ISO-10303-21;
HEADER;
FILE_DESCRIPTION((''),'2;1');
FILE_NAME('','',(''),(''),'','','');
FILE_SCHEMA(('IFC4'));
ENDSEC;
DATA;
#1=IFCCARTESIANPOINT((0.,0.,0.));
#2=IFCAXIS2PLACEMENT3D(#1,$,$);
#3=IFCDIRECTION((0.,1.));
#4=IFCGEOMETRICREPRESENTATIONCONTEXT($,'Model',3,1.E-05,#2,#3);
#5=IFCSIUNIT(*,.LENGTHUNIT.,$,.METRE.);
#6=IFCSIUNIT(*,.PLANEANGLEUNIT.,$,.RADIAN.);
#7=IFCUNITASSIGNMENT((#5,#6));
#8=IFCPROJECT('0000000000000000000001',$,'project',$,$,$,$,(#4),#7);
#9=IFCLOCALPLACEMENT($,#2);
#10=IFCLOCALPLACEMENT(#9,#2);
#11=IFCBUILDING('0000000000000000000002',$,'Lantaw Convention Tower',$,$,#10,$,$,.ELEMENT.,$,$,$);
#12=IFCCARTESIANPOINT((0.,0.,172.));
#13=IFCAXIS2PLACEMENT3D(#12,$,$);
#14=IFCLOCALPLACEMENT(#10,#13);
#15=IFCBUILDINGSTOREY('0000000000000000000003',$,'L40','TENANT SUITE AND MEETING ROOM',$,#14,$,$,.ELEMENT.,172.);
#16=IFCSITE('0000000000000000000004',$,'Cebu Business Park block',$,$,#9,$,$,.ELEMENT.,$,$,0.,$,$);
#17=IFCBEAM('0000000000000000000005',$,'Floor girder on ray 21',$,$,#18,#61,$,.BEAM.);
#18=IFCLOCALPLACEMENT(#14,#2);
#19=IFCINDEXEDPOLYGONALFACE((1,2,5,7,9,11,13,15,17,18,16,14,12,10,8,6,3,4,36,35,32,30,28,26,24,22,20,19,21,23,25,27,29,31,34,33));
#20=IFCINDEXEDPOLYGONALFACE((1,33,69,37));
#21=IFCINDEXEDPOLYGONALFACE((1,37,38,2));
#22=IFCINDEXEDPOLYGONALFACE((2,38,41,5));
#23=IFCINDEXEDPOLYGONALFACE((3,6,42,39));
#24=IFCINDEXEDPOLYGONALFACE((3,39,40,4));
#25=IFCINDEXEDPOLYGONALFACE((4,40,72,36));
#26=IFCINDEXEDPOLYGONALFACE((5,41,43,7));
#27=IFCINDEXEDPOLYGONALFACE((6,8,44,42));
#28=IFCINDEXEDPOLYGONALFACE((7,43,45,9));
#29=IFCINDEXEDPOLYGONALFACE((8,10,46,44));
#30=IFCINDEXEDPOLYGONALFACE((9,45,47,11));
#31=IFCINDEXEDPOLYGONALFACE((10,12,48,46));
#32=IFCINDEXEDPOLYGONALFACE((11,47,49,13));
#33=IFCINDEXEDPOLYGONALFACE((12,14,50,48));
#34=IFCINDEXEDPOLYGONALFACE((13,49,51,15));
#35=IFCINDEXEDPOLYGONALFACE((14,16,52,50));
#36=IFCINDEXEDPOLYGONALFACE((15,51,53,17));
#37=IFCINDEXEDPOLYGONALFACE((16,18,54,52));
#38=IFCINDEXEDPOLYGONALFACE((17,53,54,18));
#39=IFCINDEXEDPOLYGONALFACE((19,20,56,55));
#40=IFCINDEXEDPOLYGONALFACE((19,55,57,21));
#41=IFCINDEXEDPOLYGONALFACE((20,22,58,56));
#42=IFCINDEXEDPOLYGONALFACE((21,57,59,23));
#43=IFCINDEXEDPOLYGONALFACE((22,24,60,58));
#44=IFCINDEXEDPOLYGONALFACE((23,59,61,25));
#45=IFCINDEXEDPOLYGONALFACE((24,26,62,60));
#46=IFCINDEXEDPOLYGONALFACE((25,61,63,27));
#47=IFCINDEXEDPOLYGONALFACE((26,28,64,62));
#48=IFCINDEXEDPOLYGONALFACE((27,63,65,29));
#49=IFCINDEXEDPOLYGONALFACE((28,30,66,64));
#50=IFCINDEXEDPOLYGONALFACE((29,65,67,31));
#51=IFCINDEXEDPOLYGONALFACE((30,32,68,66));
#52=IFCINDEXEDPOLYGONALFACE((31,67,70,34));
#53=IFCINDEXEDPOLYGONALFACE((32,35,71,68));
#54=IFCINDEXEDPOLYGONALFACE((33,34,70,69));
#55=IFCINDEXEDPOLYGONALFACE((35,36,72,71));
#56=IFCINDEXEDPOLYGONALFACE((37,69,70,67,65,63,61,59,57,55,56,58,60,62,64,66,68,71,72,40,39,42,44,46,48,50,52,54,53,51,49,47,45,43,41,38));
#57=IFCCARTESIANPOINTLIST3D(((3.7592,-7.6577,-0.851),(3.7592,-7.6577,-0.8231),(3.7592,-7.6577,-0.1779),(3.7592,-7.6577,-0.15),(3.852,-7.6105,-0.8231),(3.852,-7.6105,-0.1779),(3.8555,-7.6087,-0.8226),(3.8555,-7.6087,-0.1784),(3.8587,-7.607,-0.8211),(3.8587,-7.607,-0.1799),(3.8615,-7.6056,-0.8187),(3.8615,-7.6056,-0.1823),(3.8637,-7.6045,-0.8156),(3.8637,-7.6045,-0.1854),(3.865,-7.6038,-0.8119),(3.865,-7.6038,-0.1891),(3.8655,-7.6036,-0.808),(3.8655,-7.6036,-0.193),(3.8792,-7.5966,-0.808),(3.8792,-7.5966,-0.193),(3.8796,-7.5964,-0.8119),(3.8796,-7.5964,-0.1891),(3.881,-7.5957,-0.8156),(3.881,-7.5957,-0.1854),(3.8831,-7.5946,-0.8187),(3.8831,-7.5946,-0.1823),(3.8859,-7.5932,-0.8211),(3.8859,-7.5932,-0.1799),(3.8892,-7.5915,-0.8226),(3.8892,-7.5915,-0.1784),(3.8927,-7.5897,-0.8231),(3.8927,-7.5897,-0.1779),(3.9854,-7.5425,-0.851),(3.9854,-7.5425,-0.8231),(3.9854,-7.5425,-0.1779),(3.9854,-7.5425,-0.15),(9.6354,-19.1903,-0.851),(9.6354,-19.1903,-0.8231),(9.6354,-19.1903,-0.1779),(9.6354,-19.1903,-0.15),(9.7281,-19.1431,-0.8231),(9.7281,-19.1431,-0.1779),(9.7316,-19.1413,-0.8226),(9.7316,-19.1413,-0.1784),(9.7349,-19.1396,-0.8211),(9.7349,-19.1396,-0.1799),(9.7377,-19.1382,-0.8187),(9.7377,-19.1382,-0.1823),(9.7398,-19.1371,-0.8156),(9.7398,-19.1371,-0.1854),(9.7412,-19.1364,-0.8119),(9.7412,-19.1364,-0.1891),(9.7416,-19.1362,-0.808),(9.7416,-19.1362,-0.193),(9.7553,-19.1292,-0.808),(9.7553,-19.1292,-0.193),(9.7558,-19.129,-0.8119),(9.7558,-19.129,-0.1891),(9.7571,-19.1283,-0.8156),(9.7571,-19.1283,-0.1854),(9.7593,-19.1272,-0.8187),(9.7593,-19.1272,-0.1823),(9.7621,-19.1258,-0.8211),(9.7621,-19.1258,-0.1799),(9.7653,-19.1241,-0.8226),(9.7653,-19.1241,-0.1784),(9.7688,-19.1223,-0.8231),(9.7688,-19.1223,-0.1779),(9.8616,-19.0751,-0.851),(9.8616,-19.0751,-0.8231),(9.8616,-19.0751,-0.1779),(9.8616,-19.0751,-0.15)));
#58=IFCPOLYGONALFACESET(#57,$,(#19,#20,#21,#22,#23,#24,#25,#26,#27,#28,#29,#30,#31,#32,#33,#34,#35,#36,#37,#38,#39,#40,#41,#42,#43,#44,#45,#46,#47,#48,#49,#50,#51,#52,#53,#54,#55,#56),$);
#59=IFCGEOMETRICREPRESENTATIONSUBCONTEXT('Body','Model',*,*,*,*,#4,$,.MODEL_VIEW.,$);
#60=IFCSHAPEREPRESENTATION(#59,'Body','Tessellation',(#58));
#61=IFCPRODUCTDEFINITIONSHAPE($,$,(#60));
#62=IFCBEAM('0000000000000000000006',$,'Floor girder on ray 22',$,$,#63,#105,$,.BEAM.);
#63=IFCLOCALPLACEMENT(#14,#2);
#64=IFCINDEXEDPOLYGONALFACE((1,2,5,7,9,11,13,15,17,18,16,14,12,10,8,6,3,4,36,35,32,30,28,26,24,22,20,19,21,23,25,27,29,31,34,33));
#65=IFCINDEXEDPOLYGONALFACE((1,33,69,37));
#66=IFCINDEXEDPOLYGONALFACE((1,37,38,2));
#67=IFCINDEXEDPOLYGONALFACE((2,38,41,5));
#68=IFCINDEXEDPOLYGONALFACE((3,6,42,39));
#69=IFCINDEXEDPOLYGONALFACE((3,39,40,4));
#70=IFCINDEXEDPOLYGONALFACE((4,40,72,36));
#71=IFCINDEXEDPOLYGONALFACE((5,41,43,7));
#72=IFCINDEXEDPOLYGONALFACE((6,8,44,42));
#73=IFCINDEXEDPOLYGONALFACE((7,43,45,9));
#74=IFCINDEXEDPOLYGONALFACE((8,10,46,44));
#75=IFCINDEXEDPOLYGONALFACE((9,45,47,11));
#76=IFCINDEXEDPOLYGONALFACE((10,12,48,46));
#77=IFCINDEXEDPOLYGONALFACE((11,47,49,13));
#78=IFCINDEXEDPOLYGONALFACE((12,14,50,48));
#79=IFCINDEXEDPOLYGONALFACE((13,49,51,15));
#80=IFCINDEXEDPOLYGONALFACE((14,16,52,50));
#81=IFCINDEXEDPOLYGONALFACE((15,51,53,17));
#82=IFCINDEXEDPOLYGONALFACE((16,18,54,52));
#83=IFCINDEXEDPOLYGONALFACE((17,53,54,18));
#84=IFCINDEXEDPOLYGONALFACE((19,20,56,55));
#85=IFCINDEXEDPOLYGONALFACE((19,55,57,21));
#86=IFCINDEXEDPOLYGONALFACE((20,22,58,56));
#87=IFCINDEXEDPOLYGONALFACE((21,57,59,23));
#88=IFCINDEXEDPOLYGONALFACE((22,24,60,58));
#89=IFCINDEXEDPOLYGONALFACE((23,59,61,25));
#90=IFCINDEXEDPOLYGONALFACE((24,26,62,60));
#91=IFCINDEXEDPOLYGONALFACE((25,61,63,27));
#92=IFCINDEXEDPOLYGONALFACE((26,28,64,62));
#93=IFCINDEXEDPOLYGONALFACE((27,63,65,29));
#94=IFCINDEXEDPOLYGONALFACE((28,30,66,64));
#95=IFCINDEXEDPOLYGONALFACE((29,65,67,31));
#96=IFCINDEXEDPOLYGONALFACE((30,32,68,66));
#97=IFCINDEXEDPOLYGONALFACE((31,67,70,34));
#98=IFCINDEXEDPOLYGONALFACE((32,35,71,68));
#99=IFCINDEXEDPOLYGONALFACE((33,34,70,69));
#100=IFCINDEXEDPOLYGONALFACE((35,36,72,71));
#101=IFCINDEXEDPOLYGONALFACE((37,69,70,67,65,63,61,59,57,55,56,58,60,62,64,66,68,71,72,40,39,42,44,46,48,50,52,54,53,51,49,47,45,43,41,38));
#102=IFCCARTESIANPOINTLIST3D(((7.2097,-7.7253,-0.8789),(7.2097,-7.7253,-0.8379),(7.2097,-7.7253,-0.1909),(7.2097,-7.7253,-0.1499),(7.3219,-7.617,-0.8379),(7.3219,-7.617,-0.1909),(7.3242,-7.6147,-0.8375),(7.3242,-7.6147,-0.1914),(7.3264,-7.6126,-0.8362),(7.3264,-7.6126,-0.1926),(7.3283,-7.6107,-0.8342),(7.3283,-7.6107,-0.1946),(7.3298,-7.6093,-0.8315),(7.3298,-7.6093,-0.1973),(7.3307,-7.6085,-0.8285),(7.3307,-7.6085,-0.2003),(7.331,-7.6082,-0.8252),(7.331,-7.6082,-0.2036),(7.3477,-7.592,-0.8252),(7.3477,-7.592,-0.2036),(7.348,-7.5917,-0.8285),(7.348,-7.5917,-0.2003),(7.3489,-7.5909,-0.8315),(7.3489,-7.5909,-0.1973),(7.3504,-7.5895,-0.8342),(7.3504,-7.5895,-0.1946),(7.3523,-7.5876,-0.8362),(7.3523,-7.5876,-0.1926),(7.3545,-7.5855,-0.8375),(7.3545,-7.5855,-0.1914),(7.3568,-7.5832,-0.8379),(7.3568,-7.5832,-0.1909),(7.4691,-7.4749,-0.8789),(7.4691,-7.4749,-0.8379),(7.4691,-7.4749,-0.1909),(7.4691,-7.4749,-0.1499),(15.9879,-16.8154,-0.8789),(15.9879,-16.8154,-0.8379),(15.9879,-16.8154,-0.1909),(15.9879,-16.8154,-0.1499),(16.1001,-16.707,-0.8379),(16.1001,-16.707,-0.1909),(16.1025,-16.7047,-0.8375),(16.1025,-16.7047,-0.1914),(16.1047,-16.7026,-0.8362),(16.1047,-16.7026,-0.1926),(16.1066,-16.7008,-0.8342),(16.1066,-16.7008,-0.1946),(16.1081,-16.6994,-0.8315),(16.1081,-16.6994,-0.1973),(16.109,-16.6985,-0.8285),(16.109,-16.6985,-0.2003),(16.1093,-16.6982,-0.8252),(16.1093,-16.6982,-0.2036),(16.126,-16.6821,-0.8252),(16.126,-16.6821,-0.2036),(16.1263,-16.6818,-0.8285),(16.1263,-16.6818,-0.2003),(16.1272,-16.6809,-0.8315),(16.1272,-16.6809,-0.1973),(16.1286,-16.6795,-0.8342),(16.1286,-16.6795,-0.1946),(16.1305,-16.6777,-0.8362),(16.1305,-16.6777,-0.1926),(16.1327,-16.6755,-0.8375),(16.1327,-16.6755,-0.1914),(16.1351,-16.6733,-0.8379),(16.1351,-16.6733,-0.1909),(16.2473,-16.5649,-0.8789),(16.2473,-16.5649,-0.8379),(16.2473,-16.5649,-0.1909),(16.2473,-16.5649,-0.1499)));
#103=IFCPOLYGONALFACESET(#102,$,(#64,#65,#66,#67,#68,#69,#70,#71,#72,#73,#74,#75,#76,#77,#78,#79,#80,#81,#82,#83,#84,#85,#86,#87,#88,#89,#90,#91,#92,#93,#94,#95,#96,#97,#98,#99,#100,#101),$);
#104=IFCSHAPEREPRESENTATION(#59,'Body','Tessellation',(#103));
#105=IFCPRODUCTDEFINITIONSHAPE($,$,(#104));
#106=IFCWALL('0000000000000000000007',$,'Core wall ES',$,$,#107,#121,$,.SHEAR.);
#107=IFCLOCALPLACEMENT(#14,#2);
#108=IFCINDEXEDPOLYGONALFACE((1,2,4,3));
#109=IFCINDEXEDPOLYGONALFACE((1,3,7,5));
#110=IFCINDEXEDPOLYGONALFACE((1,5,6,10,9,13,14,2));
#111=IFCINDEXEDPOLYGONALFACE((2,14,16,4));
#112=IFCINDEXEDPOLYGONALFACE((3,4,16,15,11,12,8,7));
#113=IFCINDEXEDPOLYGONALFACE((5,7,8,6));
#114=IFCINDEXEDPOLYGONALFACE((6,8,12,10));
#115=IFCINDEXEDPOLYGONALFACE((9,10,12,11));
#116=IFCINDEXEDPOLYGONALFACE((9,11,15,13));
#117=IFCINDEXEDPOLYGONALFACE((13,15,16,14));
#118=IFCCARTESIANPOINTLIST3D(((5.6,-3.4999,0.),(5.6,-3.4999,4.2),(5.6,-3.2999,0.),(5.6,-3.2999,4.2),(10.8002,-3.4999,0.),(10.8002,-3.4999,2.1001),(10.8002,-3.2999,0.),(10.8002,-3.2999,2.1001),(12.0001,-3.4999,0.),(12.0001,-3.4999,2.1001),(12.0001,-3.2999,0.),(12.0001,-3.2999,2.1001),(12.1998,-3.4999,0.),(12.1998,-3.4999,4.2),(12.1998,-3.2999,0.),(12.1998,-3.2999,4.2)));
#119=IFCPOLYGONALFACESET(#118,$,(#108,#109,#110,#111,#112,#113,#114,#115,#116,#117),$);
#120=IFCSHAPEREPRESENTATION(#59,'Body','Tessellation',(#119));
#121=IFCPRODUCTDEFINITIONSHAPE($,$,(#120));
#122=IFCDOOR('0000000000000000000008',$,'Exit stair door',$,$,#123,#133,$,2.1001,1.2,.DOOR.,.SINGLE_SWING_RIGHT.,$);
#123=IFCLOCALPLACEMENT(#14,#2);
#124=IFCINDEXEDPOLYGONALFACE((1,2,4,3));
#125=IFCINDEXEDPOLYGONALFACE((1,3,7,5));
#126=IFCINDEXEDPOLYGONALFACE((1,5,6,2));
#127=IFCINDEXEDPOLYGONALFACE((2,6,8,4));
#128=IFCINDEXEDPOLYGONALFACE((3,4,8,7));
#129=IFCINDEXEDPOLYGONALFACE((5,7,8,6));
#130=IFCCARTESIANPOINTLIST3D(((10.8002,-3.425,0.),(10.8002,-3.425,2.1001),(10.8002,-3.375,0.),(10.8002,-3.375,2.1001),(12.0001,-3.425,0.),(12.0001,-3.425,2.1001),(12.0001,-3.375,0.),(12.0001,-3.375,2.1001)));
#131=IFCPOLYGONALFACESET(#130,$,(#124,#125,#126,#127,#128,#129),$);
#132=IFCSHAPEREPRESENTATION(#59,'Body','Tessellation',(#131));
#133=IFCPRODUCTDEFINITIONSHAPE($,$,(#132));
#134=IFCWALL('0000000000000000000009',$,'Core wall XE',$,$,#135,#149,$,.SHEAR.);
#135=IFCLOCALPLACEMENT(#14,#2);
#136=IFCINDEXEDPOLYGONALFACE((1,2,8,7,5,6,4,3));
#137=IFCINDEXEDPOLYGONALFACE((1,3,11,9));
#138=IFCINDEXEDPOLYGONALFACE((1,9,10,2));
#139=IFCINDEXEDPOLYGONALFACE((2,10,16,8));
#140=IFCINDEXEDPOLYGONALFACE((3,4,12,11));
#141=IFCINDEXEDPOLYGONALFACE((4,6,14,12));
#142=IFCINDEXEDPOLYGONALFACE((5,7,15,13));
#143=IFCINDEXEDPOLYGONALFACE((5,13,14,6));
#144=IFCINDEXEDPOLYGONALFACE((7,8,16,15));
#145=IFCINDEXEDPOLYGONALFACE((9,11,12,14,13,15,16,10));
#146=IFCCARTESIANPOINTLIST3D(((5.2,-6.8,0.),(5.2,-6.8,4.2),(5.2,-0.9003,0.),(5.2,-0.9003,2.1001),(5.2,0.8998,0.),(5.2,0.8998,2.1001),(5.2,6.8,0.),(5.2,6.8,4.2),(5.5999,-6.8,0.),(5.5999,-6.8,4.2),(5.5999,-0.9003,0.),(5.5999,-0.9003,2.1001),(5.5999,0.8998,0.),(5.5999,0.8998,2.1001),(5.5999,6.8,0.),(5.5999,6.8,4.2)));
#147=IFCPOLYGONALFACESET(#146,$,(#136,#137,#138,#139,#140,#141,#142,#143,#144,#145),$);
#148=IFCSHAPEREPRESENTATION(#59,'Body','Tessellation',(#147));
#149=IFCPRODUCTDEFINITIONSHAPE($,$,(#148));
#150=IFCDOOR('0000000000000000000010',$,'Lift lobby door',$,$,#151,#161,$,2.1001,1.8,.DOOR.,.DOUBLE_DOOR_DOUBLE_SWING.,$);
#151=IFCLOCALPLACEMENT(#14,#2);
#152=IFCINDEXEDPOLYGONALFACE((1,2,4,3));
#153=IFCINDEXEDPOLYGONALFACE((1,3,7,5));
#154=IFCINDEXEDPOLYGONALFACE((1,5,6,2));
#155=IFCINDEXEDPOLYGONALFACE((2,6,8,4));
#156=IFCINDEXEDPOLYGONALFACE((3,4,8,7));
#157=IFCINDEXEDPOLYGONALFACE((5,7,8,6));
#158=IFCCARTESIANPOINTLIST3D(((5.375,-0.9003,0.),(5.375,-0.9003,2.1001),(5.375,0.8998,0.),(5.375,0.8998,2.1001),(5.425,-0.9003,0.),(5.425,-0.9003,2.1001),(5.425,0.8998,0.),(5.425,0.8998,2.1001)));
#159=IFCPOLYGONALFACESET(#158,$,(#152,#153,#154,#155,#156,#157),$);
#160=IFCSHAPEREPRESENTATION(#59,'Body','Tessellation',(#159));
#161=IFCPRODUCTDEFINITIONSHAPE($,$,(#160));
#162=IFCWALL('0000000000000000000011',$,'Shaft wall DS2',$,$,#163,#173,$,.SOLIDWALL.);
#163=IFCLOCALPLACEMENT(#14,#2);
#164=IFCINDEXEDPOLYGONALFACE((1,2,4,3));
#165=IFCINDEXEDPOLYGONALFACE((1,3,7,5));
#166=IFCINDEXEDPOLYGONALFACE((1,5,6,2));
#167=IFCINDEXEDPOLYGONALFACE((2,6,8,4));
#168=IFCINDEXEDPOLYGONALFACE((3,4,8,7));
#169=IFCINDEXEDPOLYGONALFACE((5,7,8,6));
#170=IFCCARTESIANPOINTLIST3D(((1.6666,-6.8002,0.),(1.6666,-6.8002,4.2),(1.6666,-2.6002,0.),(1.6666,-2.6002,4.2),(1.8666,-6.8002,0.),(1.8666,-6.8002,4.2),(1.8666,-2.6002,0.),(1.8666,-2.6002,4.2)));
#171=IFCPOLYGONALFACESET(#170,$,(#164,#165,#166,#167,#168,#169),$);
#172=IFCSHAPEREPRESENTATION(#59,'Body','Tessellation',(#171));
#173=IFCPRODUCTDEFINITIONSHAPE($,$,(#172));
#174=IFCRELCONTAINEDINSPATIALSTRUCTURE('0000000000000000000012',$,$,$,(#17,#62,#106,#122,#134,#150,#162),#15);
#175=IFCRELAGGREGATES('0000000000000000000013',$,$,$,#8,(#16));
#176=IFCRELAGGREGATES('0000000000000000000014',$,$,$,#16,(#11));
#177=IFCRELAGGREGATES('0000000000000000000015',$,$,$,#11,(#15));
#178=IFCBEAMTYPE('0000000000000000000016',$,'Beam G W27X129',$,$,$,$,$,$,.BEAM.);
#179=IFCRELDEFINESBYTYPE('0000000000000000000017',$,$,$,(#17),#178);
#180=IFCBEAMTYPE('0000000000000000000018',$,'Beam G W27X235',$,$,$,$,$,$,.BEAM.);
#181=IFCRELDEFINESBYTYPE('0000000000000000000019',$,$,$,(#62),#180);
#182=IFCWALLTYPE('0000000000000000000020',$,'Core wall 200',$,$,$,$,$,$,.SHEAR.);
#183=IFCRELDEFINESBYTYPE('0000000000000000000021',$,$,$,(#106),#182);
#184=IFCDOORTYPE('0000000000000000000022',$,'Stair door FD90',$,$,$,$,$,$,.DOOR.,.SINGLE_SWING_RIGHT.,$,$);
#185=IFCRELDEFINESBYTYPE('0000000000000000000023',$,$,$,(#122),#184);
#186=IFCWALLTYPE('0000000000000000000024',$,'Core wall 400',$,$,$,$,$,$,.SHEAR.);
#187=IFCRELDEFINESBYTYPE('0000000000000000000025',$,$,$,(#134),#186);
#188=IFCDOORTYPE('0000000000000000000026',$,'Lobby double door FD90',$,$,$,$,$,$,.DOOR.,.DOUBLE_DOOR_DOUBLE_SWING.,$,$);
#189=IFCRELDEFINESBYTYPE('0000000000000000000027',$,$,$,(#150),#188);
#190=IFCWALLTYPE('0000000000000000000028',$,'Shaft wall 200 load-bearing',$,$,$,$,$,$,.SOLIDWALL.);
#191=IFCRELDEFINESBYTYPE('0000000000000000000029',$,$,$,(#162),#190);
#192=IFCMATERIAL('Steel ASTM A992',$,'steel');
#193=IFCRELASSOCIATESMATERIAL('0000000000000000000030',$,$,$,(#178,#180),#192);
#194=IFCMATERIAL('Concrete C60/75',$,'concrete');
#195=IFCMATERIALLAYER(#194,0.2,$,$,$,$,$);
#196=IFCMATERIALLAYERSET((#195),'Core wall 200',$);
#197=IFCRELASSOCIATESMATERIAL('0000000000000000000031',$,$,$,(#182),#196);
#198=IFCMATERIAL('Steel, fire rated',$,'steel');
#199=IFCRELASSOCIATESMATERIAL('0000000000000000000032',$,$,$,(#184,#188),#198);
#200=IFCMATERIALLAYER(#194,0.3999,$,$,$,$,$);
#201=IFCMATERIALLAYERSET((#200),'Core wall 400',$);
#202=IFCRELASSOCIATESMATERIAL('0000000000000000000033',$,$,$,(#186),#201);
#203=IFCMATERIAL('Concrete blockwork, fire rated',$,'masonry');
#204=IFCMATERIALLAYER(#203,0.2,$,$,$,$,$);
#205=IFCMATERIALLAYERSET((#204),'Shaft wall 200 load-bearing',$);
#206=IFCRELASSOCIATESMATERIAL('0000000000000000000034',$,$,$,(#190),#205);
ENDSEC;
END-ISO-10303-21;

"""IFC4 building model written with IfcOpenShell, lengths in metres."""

from ifc_helpers import new_model, si_unit, direction, frame, frame_2d, origin, origin_2d, place, context, subcontext, project, spatial, rectangle, i_section, extrude, material, layer, layer_set, material_profile, profile_set, type_object, element, fill, save


model = new_model("IFC4")

# Units and contexts
model_context = context("Model", 3, precision=1e-05, world=origin(), true_north=direction((0.0, 1.0)))
body_context = subcontext(model_context, "Body", "Model", "MODEL_VIEW")
ifc_project = project(units=[si_unit("LENGTHUNIT", "METRE"), si_unit("PLANEANGLEUNIT", "RADIAN")], contexts=[model_context])

# Site, building, storey
site_placement = place(None, origin())
site = spatial("IfcSite", under=ifc_project, at=site_placement, Name="Cebu Business Park block", CompositionType="ELEMENT", RefElevation=0.0)
building_placement = place(site_placement, origin())
building = spatial("IfcBuilding", under=site, at=building_placement, Name="Lantaw Convention Tower", CompositionType="ELEMENT")
storey_placement = place(building_placement, frame((0.0, 0.0, 172.0)))
storey = spatial("IfcBuildingStorey", under=building, at=storey_placement, Name="L40", Description="TENANT SUITE AND MEETING ROOM", CompositionType="ELEMENT", Elevation=172.0)

# Beams
ifc_material_1 = material(Name="Steel ASTM A992", Category="steel")
ifc_material_profile_1 = material_profile(ifc_material_1, i_section(OverallWidth=0.2539, OverallDepth=0.7009, WebThickness=0.0154, FlangeThickness=0.0278, FilletRadius=0.0151, at=origin_2d()), Name="W27X129")
ifc_profile_set_1 = profile_set([ifc_material_profile_1], Name="Steel ASTM A992")
beam_type_1 = type_object("IfcBeamType", Name="Beam G W27X129", PredefinedType="BEAM", material=ifc_profile_set_1)
beam_1_placement = place(storey_placement, frame((3.8723, -7.6001, -0.5005), z_axis=(0.453991, -0.891006, 0.0), x_axis=(0.891006, 0.453991, 0.0)))
element("IfcBeam", 1, at=beam_1_placement, inside=storey, type_object=beam_type_1, Name="Floor girder on ray 21", PredefinedType="BEAM", context=body_context, shape_type="SweptSolid", body=[
    extrude(i_section(OverallWidth=0.2539, OverallDepth=0.7009, WebThickness=0.0154, FlangeThickness=0.0278, FilletRadius=0.0151, at=origin_2d()), origin(), (0.0, 0.0, 1.0), 12.9434),
])
ifc_material_profile_2 = material_profile(ifc_material_1, i_section(OverallWidth=0.3606, OverallDepth=0.729, WebThickness=0.0232, FlangeThickness=0.041, FilletRadius=0.0127, at=origin_2d()), Name="W27X235")
ifc_profile_set_2 = profile_set([ifc_material_profile_2], Name="Steel ASTM A992")
beam_type_2 = type_object("IfcBeamType", Name="Beam G W27X235", PredefinedType="BEAM", material=ifc_profile_set_2)
beam_2_placement = place(storey_placement, frame((7.3394, -7.6001, -0.5144), z_axis=(0.694663, -0.719335, 0.0), x_axis=(0.719335, 0.694663, 0.0)))
element("IfcBeam", 2, at=beam_2_placement, inside=storey, type_object=beam_type_2, Name="Floor girder on ray 22", PredefinedType="BEAM", context=body_context, shape_type="SweptSolid", body=[
    extrude(i_section(OverallWidth=0.3606, OverallDepth=0.729, WebThickness=0.0232, FlangeThickness=0.041, FilletRadius=0.0127, at=origin_2d()), origin(), (0.0, 0.0, 1.0), 12.6367),
])

# Walls, openings, doors
ifc_material_2 = material(Name="Concrete C60/75", Category="concrete")
ifc_layer_1 = layer(ifc_material_2, 0.2)
ifc_layer_set_1 = layer_set([ifc_layer_1], Name="Core wall 200")
wall_type_1 = type_object("IfcWallType", Name="Core wall 200", PredefinedType="SHEAR", material=ifc_layer_set_1)
wall_1_placement = place(storey_placement, frame((5.6001, -3.3999, 0.0), z_axis=(0.0, 0.0, 1.0), x_axis=(1.0, 0.0, 0.0)))
wall_1 = element("IfcWall", 3, at=wall_1_placement, inside=storey, type_object=wall_type_1, Name="Core wall ES", PredefinedType="SHEAR", context=body_context, shape_type="SweptSolid", body=[
    extrude(rectangle(XDim=6.5999, YDim=0.2, at=frame_2d((3.2998, 0.0))), origin(), (0.0, 0.0, 1.0), 4.2),
])
opening_1_placement = place(wall_1_placement, frame((5.2, 0.0, 0.0)))
opening_1 = element("IfcOpeningElement", 4, at=opening_1_placement, cuts=wall_1, PredefinedType="OPENING", context=body_context, shape_type="SweptSolid", body=[
    extrude(rectangle(XDim=1.2, YDim=2.1001, at=frame_2d((0.6001, 1.05))), frame((0.0, 0.1099, 0.0), z_axis=(0.0, -1.0, 0.0), x_axis=(1.0, 0.0, 0.0)), (0.0, 0.0, 1.0), 0.22),
])
ifc_material_3 = material(Name="Steel, fire rated", Category="steel")
door_type_1 = type_object("IfcDoorType", Name="Stair door FD90", OperationType="SINGLE_SWING_RIGHT", PredefinedType="DOOR", material=ifc_material_3)
door_1_placement = place(opening_1_placement, origin())
door_1 = element("IfcDoor", 5, at=door_1_placement, inside=storey, type_object=door_type_1, Name="Exit stair door", OperationType="SINGLE_SWING_RIGHT", OverallHeight=2.1001, OverallWidth=1.2, PredefinedType="DOOR", context=body_context, shape_type="SweptSolid", body=[
    extrude(rectangle(XDim=1.2, YDim=2.1001, at=frame_2d((0.6001, 1.05))), frame((0.0, 0.0249, 0.0), z_axis=(0.0, -1.0, 0.0), x_axis=(1.0, 0.0, 0.0)), (0.0, 0.0, 1.0), 0.05),
])
fill(opening_1, door_1)
ifc_layer_2 = layer(ifc_material_2, 0.3999)
ifc_layer_set_2 = layer_set([ifc_layer_2], Name="Core wall 400")
wall_type_2 = type_object("IfcWallType", Name="Core wall 400", PredefinedType="SHEAR", material=ifc_layer_set_2)
wall_2_placement = place(storey_placement, frame((5.3999, -6.8, 0.0), z_axis=(0.0, 0.0, 1.0), x_axis=(0.0, 1.0, 0.0)))
wall_2 = element("IfcWall", 6, at=wall_2_placement, inside=storey, type_object=wall_type_2, Name="Core wall XE", PredefinedType="SHEAR", context=body_context, shape_type="SweptSolid", body=[
    extrude(rectangle(XDim=13.6001, YDim=0.3999, at=frame_2d((6.8, 0.0))), origin(), (0.0, 0.0, 1.0), 4.2),
])
opening_2_placement = place(wall_2_placement, frame((5.8999, 0.0, 0.0)))
opening_2 = element("IfcOpeningElement", 7, at=opening_2_placement, cuts=wall_2, PredefinedType="OPENING", context=body_context, shape_type="SweptSolid", body=[
    extrude(rectangle(XDim=1.8, YDim=2.1001, at=frame_2d((0.8999, 1.05))), frame((0.0, 0.21, 0.0), z_axis=(0.0, -1.0, 0.0), x_axis=(1.0, 0.0, 0.0)), (0.0, 0.0, 1.0), 0.4199),
])
door_type_2 = type_object("IfcDoorType", Name="Lobby double door FD90", OperationType="DOUBLE_DOOR_DOUBLE_SWING", PredefinedType="DOOR", material=ifc_material_3)
door_2_placement = place(opening_2_placement, origin())
door_2 = element("IfcDoor", 8, at=door_2_placement, inside=storey, type_object=door_type_2, Name="Lift lobby door", OperationType="DOUBLE_DOOR_DOUBLE_SWING", OverallHeight=2.1001, OverallWidth=1.8, PredefinedType="DOOR", context=body_context, shape_type="SweptSolid", body=[
    extrude(rectangle(XDim=1.8, YDim=2.1001, at=frame_2d((0.8999, 1.05))), frame((0.0, 0.0249, 0.0), z_axis=(0.0, -1.0, 0.0), x_axis=(1.0, 0.0, 0.0)), (0.0, 0.0, 1.0), 0.05),
])
fill(opening_2, door_2)

# Wall
ifc_material_4 = material(Name="Concrete blockwork, fire rated", Category="masonry")
ifc_layer_3 = layer(ifc_material_4, 0.2)
ifc_layer_set_3 = layer_set([ifc_layer_3], Name="Shaft wall 200 load-bearing")
wall_type_3 = type_object("IfcWallType", Name="Shaft wall 200 load-bearing", PredefinedType="SOLIDWALL", material=ifc_layer_set_3)
wall_3_placement = place(storey_placement, frame((1.7666, -2.6001, 0.0), z_axis=(0.0, 0.0, 1.0), x_axis=(0.0, -1.0, 0.0)))
element("IfcWall", 9, at=wall_3_placement, inside=storey, type_object=wall_type_3, Name="Shaft wall DS2", PredefinedType="SOLIDWALL", context=body_context, shape_type="SweptSolid", body=[
    extrude(rectangle(XDim=4.2, YDim=0.2, at=frame_2d((2.1001, 0.0))), origin(), (0.0, 0.0, 1.0), 4.2),
])

save(model, "model.ifc")
